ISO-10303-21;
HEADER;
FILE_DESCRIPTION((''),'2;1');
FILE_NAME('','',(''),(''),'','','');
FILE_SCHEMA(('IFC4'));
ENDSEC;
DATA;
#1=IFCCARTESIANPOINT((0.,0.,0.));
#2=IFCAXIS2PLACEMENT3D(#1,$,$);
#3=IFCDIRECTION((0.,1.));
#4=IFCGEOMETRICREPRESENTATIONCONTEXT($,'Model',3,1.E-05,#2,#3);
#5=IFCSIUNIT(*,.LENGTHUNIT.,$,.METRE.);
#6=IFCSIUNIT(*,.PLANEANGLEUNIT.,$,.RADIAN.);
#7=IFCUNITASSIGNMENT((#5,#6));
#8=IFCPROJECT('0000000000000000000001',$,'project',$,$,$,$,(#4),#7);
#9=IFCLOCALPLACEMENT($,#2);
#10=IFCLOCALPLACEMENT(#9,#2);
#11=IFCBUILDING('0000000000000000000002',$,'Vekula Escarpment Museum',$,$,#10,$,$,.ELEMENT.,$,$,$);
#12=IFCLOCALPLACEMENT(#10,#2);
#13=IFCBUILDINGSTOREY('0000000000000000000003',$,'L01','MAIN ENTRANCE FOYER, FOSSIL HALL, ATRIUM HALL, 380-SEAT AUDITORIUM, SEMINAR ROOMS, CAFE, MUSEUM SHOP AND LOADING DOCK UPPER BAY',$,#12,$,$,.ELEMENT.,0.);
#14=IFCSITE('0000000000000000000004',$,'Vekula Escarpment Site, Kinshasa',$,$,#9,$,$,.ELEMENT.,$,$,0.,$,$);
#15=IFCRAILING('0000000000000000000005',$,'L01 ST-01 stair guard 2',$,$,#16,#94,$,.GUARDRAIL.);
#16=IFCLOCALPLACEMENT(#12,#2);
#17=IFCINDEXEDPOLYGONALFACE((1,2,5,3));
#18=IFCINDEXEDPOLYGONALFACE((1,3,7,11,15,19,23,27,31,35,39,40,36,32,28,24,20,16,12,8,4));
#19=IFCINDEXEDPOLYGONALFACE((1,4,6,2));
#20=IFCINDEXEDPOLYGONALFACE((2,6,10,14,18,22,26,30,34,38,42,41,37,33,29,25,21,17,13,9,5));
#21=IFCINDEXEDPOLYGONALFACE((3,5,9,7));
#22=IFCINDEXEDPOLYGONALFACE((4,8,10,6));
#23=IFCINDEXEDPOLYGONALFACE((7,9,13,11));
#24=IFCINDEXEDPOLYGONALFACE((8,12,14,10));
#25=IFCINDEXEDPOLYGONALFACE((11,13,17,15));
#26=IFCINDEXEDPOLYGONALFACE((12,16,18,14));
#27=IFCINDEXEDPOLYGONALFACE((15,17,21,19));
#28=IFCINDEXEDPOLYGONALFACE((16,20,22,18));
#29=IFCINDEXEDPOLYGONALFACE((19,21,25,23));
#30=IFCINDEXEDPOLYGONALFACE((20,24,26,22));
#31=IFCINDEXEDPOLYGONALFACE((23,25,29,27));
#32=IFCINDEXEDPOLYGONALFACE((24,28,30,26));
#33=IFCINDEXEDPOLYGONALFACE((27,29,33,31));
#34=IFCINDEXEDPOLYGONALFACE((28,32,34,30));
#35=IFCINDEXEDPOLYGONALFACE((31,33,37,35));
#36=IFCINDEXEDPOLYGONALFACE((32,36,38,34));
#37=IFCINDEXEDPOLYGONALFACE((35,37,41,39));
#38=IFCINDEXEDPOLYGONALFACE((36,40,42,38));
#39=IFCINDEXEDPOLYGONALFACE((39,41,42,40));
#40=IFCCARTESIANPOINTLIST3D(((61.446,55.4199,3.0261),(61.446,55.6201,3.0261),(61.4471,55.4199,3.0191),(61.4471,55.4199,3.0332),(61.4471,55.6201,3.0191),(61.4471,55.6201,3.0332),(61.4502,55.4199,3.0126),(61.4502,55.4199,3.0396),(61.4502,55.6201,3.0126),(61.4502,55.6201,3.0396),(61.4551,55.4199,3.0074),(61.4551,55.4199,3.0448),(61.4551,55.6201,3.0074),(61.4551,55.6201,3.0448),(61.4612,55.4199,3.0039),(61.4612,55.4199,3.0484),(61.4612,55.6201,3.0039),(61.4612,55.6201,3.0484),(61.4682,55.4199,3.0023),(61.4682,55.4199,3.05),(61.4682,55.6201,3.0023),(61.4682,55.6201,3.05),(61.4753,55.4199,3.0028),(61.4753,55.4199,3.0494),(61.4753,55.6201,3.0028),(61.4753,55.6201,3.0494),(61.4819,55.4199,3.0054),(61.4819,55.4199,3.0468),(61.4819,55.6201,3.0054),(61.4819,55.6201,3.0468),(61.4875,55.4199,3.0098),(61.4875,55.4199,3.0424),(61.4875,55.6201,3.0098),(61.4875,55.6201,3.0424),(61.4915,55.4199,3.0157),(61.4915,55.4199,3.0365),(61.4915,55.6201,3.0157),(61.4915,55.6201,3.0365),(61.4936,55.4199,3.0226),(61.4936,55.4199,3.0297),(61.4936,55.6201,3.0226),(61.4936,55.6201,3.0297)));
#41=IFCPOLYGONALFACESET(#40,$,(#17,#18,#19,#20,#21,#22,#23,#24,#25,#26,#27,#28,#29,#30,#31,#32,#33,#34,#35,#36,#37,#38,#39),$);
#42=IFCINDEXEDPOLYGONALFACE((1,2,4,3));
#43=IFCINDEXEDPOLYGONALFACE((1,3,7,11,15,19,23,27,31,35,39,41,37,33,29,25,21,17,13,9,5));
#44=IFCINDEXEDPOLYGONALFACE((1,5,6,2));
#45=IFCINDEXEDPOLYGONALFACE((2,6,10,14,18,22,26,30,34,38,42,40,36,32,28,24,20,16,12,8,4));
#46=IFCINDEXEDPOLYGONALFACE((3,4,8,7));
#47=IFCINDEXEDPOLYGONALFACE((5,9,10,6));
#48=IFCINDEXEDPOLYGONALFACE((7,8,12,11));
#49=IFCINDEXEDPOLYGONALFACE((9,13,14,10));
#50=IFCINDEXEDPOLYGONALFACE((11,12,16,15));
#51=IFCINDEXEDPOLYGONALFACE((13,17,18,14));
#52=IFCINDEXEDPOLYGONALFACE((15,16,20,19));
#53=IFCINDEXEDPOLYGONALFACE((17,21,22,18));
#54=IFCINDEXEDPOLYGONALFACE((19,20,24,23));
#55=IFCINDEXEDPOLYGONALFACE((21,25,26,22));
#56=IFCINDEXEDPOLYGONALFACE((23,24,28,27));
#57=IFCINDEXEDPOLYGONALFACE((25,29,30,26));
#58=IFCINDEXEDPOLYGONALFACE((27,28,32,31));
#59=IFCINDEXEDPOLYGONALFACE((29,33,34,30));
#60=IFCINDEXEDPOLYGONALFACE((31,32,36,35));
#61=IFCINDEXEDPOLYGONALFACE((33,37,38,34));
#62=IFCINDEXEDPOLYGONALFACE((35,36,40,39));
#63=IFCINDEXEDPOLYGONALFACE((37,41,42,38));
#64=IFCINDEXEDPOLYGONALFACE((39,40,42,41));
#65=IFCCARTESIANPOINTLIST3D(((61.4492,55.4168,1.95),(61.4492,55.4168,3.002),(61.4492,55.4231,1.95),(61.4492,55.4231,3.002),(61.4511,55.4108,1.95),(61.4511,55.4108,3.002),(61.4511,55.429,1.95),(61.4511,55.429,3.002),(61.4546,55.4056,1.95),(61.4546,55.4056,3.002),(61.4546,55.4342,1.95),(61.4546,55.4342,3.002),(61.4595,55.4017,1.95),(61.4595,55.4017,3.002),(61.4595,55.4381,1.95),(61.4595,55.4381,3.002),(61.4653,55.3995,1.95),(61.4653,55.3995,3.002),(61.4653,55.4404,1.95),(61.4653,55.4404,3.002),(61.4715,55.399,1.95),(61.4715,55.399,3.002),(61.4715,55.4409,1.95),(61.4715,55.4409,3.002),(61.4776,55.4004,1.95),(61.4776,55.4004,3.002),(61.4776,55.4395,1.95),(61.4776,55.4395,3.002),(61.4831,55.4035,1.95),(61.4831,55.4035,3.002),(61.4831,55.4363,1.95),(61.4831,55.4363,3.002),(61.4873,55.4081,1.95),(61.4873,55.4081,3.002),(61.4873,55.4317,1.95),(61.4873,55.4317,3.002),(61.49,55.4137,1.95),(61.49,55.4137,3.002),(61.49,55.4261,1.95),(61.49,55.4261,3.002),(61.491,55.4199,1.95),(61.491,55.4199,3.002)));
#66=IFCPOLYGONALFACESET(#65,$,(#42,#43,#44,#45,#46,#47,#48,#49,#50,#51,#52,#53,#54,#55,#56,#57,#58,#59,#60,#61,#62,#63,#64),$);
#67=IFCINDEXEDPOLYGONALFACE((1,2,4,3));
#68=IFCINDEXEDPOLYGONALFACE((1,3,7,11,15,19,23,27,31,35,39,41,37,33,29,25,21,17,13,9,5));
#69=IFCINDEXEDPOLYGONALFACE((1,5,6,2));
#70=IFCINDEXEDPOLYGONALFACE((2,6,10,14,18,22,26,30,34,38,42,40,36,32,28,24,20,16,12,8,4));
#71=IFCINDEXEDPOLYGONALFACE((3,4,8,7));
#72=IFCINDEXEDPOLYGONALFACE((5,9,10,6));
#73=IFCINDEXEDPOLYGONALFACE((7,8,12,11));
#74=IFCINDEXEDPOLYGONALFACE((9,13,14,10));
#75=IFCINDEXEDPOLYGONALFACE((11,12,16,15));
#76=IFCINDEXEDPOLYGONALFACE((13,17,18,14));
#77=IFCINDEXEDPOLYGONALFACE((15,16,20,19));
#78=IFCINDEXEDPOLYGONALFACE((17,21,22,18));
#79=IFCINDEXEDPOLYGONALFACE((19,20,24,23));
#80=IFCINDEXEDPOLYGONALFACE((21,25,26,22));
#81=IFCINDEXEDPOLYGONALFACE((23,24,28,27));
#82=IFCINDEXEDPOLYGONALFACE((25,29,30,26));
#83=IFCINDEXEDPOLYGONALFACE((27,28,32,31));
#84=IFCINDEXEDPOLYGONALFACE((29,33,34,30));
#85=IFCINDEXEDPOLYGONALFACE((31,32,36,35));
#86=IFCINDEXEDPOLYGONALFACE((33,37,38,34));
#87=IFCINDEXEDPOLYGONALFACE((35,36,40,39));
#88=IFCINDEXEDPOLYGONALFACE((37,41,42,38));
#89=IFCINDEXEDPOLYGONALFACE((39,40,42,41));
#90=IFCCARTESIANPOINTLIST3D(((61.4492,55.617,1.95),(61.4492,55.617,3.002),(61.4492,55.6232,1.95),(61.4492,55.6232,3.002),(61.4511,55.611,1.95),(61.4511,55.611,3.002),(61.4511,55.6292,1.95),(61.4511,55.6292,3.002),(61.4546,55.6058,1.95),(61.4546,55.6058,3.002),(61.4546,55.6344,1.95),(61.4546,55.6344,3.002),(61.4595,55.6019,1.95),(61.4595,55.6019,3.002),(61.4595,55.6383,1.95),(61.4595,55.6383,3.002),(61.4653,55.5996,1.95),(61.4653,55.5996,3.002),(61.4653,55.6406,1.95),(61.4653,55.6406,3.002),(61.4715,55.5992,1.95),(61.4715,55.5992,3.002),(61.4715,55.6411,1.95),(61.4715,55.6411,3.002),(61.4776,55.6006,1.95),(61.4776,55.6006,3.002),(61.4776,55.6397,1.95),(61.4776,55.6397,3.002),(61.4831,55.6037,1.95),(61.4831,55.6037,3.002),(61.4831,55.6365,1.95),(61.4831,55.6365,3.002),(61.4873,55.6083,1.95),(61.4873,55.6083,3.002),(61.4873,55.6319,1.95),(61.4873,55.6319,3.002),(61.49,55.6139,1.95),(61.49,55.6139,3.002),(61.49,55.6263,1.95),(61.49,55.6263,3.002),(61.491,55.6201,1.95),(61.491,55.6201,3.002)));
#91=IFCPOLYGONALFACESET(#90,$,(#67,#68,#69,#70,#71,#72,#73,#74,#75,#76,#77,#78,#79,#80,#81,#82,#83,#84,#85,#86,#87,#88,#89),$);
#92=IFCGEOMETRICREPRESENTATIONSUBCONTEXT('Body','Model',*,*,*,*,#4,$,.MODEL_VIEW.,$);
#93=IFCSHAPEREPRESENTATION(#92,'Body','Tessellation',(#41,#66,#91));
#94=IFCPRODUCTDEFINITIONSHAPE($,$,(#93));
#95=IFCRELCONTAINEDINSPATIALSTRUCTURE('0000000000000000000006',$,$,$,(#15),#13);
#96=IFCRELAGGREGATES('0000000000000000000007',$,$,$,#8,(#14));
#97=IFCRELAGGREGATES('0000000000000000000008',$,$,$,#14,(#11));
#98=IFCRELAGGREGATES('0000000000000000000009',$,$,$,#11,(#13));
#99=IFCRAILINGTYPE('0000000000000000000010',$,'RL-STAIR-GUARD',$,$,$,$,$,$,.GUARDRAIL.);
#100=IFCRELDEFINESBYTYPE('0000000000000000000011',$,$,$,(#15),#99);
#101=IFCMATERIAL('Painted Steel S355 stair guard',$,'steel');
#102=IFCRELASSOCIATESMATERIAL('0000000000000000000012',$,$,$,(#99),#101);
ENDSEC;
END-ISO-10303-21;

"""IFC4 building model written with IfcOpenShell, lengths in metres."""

from ifc_helpers import new_model, si_unit, direction, frame, origin, origin_2d, place, context, subcontext, project, spatial, circle, extrude, material, type_object, element, save


model = new_model("IFC4")

# Units and contexts
model_context = context("Model", 3, precision=1e-05, world=origin(), true_north=direction((0.0, 1.0)))
body_context = subcontext(model_context, "Body", "Model", "MODEL_VIEW")
ifc_project = project(units=[si_unit("LENGTHUNIT", "METRE"), si_unit("PLANEANGLEUNIT", "RADIAN")], contexts=[model_context])

# Site, building, storey
site_placement = place(None, origin())
site = spatial("IfcSite", under=ifc_project, at=site_placement, Name="Vekula Escarpment Site, Kinshasa", CompositionType="ELEMENT", RefElevation=0.0)
building_placement = place(site_placement, origin())
building = spatial("IfcBuilding", under=site, at=building_placement, Name="Vekula Escarpment Museum", CompositionType="ELEMENT")
storey_placement = place(building_placement, origin())
storey = spatial("IfcBuildingStorey", under=building, at=storey_placement, Name="L01", Description="MAIN ENTRANCE FOYER, FOSSIL HALL, ATRIUM HALL, 380-SEAT AUDITORIUM, SEMINAR ROOMS, CAFE, MUSEUM SHOP AND LOADING DOCK UPPER BAY", CompositionType="ELEMENT", Elevation=0.0)

# Railing
ifc_material_1 = material(Name="Painted Steel S355 stair guard", Category="steel")
railing_type_1 = type_object("IfcRailingType", Name="RL-STAIR-GUARD", PredefinedType="GUARDRAIL", material=ifc_material_1)
railing_1_placement = place(storey_placement, frame((61.47, 55.4199, 1.95)))
element("IfcRailing", 1, at=railing_1_placement, inside=storey, type_object=railing_type_1, Name="L01 ST-01 stair guard 2", PredefinedType="GUARDRAIL", context=body_context, shape_type="SweptSolid", body=[
    extrude(circle(Radius=0.0239, at=origin_2d()), frame((0.0, 0.0, 1.0762), z_axis=(0.0, 1.0, 0.0), x_axis=(-1.0, 0.0, 0.0)), (0.0, 0.0, 1.0), 0.2002),
    extrude(circle(Radius=0.021, at=origin_2d()), origin(), (0.0, 0.0, 1.0), 1.052),
    extrude(circle(Radius=0.021, at=origin_2d()), frame((0.0, 0.2002, 0.0)), (0.0, 0.0, 1.0), 1.052),
])

save(model, "model.ifc")
